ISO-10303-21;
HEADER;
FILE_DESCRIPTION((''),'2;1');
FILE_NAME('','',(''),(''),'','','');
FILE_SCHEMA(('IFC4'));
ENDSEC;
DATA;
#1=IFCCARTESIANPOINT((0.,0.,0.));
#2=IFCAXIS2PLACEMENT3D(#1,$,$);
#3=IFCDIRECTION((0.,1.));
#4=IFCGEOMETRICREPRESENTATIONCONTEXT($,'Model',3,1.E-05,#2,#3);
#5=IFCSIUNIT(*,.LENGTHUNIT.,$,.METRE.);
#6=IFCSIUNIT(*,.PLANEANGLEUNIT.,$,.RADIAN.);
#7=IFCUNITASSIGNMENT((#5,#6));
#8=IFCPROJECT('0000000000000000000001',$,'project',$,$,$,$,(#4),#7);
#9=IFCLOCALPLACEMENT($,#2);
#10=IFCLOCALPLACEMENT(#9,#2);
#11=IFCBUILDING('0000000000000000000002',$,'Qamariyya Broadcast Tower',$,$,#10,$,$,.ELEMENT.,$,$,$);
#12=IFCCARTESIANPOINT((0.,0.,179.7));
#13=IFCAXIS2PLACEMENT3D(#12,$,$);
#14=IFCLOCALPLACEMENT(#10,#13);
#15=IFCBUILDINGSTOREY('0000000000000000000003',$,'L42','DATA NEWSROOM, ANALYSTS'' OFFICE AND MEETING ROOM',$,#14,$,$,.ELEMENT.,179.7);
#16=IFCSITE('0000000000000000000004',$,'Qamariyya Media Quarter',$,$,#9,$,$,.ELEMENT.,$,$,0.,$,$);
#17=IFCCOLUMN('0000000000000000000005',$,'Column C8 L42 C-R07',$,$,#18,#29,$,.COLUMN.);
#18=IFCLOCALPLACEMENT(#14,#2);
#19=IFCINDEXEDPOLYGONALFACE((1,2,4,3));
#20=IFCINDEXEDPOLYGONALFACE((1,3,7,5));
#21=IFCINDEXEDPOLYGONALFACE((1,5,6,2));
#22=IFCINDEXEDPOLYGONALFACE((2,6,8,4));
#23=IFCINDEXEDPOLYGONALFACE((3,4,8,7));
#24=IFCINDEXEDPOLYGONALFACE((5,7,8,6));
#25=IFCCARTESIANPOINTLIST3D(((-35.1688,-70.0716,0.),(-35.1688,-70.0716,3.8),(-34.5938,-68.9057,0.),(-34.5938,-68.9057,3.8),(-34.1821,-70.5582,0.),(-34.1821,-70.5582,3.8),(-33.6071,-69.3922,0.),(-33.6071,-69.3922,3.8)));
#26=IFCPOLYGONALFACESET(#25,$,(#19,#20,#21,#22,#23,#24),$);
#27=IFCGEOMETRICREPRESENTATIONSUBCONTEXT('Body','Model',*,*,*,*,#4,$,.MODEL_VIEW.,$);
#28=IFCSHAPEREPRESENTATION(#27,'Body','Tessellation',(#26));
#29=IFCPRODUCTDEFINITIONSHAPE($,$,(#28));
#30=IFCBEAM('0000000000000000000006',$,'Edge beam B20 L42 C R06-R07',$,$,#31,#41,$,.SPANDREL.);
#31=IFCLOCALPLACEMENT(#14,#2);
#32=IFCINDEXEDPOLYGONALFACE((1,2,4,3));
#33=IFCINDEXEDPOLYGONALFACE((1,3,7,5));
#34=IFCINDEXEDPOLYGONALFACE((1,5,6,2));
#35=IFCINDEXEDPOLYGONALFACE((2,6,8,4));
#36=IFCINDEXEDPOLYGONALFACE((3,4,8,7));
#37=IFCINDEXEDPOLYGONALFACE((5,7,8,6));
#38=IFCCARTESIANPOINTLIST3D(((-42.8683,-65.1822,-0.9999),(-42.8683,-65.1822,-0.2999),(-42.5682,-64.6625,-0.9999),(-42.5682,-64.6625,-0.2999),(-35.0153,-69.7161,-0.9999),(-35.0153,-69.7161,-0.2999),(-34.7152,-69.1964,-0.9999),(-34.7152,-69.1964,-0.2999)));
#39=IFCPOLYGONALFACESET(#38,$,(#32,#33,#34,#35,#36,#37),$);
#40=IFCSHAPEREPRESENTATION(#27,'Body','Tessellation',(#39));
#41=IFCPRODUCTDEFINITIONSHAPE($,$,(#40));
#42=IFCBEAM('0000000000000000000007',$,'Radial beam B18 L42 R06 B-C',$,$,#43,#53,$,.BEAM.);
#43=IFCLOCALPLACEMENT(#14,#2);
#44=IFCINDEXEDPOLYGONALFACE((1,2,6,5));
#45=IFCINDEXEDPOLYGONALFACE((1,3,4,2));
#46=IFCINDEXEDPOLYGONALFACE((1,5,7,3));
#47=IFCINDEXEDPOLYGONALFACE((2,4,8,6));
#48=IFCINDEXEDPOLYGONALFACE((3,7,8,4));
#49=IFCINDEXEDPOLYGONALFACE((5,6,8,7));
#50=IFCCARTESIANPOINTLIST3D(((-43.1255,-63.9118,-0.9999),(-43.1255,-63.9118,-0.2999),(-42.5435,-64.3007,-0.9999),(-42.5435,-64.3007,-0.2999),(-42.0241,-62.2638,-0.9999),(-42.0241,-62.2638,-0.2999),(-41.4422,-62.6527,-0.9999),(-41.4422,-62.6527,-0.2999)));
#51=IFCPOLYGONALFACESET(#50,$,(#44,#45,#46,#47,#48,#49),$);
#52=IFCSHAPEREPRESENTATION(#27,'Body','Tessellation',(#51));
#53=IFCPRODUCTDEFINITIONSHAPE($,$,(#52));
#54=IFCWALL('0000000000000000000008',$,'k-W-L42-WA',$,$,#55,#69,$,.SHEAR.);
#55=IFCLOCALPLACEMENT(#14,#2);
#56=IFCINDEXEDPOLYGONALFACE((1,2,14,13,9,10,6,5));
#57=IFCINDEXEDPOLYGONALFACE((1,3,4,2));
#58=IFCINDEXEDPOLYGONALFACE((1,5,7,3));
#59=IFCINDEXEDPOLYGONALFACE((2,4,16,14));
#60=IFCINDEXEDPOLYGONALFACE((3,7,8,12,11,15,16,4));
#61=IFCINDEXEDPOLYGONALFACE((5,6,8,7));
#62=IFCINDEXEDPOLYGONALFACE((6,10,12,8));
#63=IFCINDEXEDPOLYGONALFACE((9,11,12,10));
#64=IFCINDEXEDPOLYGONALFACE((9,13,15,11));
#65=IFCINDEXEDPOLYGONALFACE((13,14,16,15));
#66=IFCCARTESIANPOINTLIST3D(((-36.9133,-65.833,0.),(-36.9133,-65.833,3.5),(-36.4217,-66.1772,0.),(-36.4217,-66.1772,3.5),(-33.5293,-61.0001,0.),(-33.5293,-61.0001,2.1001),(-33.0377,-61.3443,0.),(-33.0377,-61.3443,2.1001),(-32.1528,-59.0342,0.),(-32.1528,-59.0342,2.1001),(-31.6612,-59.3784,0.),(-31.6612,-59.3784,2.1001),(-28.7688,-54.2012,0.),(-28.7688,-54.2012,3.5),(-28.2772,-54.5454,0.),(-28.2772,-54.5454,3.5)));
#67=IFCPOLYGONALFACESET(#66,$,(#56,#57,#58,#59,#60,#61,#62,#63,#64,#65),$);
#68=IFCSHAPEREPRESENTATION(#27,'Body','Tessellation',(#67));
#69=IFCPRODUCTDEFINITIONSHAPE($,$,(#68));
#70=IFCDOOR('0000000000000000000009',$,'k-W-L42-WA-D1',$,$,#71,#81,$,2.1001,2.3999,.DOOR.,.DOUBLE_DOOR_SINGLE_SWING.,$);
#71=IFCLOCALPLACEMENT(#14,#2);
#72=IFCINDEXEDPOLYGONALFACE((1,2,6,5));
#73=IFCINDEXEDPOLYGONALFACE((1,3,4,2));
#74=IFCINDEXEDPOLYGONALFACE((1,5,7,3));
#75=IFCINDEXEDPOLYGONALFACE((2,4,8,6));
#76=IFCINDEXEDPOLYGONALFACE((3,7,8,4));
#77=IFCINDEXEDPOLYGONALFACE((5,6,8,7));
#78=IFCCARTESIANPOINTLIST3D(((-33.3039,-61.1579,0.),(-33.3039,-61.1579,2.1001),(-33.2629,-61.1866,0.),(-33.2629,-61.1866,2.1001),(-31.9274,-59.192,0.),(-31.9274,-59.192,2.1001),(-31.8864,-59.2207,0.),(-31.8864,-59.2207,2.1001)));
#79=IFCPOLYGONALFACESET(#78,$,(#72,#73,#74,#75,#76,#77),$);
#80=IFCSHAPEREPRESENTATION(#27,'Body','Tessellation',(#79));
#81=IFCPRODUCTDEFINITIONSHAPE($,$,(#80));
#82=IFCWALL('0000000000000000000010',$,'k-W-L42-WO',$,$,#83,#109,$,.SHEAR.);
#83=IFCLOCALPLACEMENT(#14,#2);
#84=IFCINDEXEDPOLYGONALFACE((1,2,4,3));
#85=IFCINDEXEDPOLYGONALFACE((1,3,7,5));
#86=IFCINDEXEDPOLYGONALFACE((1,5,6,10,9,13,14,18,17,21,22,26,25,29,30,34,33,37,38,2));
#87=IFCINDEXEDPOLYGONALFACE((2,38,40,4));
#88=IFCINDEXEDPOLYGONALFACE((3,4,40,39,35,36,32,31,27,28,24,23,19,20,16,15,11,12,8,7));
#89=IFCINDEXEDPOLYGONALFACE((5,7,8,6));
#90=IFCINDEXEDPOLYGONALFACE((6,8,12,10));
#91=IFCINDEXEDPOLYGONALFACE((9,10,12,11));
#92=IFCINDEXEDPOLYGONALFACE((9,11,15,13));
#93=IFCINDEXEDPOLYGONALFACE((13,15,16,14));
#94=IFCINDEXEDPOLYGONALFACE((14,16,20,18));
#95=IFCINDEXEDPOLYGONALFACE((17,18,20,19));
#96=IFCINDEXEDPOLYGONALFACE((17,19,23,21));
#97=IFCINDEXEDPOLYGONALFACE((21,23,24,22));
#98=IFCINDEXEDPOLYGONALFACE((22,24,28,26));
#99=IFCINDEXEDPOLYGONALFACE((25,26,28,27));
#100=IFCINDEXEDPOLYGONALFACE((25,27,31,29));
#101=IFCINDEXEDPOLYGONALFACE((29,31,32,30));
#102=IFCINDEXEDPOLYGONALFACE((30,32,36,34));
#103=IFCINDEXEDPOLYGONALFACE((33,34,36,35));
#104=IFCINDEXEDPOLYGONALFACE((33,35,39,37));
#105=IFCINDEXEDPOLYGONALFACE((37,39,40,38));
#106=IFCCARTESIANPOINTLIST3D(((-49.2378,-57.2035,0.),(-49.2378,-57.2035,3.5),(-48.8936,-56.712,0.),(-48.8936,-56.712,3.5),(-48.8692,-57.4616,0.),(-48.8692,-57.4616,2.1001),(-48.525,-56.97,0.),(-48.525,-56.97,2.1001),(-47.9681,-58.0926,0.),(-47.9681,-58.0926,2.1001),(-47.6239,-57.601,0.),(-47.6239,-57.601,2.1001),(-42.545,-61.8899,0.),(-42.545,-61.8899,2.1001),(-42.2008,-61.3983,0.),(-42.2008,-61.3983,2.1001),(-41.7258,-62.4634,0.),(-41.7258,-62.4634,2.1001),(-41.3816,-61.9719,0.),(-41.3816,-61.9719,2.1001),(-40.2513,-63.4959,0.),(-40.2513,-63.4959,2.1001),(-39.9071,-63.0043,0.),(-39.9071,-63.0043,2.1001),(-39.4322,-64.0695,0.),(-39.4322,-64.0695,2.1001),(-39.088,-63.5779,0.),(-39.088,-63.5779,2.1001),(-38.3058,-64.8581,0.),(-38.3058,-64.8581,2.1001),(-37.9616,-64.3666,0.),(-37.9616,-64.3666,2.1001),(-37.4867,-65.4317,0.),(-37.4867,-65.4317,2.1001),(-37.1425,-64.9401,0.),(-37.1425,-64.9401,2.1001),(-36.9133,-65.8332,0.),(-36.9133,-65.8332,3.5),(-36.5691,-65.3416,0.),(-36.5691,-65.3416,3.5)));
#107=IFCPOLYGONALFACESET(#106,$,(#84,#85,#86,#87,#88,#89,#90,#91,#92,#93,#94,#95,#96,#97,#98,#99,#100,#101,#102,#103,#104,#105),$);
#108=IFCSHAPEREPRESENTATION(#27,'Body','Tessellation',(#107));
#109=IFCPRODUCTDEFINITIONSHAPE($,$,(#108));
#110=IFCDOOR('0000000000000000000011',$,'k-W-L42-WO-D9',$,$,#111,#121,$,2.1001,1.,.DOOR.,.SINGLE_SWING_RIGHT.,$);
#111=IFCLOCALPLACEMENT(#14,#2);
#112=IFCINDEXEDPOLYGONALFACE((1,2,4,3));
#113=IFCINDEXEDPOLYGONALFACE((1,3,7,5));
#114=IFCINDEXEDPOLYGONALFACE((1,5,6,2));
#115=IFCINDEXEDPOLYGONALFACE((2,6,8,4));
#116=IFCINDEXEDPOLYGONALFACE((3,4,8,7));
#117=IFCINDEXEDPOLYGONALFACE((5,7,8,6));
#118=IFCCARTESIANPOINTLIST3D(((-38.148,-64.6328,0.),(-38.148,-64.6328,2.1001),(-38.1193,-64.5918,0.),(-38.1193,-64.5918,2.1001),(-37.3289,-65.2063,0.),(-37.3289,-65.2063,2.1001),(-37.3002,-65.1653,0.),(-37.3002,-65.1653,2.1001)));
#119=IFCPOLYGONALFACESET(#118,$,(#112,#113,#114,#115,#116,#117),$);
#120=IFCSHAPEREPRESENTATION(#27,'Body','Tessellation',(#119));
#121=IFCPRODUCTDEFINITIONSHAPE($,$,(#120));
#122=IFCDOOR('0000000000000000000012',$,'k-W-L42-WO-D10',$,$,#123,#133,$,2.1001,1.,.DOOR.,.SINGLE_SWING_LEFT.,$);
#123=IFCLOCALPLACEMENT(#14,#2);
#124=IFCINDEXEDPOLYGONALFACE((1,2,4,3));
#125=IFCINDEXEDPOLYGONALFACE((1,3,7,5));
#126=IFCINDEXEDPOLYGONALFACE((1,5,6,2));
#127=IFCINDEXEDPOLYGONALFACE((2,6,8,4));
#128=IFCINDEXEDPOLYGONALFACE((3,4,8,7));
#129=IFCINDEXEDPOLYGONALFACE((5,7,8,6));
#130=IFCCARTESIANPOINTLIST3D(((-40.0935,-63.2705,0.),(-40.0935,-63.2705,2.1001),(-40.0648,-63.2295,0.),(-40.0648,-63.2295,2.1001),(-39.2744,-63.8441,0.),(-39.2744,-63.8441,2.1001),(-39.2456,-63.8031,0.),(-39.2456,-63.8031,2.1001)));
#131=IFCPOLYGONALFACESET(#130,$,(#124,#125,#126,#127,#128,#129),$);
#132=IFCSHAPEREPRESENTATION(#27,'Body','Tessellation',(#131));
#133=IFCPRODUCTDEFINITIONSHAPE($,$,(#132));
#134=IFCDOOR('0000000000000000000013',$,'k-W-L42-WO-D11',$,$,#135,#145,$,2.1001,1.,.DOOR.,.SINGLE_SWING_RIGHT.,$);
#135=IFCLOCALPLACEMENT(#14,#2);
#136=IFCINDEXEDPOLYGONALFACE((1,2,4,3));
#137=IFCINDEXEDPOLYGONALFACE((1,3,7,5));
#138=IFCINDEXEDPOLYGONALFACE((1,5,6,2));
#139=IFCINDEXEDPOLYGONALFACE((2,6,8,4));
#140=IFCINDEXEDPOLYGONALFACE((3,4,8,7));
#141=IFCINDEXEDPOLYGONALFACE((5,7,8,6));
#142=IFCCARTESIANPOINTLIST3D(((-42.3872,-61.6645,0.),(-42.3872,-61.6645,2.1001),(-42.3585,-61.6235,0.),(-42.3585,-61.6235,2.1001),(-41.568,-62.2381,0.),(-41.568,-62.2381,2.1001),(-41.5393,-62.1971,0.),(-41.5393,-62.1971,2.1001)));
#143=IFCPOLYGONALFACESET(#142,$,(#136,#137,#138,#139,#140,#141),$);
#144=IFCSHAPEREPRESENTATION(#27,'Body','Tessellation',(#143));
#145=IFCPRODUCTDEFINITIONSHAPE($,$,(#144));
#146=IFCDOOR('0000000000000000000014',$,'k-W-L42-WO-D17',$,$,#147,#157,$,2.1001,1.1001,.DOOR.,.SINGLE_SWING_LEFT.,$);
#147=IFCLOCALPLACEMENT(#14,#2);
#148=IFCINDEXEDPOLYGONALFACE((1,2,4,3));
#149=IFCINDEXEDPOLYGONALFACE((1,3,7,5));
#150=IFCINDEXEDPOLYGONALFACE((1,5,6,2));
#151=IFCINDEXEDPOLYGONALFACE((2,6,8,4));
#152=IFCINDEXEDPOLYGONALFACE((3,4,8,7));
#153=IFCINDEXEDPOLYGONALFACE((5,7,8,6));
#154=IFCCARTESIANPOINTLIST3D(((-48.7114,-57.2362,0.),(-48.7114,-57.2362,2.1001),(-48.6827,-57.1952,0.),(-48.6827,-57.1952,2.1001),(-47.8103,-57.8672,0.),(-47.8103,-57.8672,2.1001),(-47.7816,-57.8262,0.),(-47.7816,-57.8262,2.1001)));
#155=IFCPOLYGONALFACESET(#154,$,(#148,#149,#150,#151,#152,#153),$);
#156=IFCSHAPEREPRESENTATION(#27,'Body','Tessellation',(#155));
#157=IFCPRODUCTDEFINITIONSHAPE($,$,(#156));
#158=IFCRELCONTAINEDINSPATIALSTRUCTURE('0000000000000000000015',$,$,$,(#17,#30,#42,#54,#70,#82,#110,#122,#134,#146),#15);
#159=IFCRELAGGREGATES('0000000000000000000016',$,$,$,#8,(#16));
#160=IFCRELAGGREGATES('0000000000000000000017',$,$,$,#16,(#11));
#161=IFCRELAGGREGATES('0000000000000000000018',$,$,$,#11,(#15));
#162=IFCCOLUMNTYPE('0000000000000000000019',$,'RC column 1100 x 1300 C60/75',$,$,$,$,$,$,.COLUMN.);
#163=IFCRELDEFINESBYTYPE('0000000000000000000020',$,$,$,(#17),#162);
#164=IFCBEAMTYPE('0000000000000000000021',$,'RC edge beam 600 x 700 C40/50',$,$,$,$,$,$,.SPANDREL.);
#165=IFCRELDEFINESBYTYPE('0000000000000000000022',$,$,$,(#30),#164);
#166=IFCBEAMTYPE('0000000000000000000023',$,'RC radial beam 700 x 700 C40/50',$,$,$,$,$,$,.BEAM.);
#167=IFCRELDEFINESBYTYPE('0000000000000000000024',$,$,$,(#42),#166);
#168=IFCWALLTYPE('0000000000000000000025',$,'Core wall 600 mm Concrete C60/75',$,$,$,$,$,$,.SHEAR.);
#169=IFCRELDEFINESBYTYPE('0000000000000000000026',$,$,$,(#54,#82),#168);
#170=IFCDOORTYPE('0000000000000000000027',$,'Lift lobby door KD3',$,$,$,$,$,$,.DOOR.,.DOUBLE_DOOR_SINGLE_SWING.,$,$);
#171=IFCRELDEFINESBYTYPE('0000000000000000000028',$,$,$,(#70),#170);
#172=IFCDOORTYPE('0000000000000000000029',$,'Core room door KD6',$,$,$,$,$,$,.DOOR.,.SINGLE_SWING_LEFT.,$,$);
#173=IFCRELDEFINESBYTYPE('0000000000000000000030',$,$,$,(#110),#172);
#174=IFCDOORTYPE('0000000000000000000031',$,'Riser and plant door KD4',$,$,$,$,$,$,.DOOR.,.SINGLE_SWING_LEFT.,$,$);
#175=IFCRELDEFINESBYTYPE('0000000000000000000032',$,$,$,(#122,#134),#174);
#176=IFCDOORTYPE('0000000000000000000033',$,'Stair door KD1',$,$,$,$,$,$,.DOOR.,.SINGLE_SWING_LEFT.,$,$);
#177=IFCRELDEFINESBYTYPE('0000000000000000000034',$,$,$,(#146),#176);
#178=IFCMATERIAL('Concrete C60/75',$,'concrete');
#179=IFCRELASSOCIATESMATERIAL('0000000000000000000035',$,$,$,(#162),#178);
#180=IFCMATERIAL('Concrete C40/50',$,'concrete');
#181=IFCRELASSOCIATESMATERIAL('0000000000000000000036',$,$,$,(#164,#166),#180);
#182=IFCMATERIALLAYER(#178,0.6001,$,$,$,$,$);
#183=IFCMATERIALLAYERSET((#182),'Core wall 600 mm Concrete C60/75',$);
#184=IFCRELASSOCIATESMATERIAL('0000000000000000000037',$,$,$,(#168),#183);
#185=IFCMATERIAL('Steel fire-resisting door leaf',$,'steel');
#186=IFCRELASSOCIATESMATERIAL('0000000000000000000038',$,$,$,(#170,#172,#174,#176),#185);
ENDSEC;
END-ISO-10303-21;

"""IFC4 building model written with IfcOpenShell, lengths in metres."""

from ifc_helpers import new_model, si_unit, direction, frame, frame_2d, origin, origin_2d, place, context, subcontext, project, spatial, rectangle, extrude, material, layer, layer_set, material_profile, profile_set, type_object, element, fill, save


model = new_model("IFC4")

# Units and contexts
model_context = context("Model", 3, precision=1e-05, world=origin(), true_north=direction((0.0, 1.0)))
body_context = subcontext(model_context, "Body", "Model", "MODEL_VIEW")
ifc_project = project(units=[si_unit("LENGTHUNIT", "METRE"), si_unit("PLANEANGLEUNIT", "RADIAN")], contexts=[model_context])

# Site, building, storey
site_placement = place(None, origin())
site = spatial("IfcSite", under=ifc_project, at=site_placement, Name="Qamariyya Media Quarter", CompositionType="ELEMENT", RefElevation=0.0)
building_placement = place(site_placement, origin())
building = spatial("IfcBuilding", under=site, at=building_placement, Name="Qamariyya Broadcast Tower", CompositionType="ELEMENT")
storey_placement = place(building_placement, frame((0.0, 0.0, 179.7)))
storey = spatial("IfcBuildingStorey", under=building, at=storey_placement, Name="L42", Description="DATA NEWSROOM, ANALYSTS' OFFICE AND MEETING ROOM", CompositionType="ELEMENT", Elevation=179.7)

# Column
ifc_material_1 = material(Name="Concrete C60/75", Category="concrete")
ifc_material_profile_1 = material_profile(ifc_material_1, rectangle(XDim=1.1001, YDim=1.3, at=origin_2d()))
ifc_profile_set_1 = profile_set([ifc_material_profile_1], Name="Concrete C60/75")
column_type = type_object("IfcColumnType", Name="RC column 1100 x 1300 C60/75", PredefinedType="COLUMN", material=ifc_profile_set_1)
column_placement = place(storey_placement, frame((-34.3879, -69.7319, 0.0), z_axis=(0.0, 0.0, 1.0), x_axis=(0.896873, -0.442289, 0.0)))
element("IfcColumn", 1, at=column_placement, inside=storey, type_object=column_type, Name="Column C8 L42 C-R07", PredefinedType="COLUMN", context=body_context, shape_type="SweptSolid", body=[
    extrude(rectangle(XDim=1.1001, YDim=1.3, at=origin_2d()), origin(), (0.0, 0.0, 1.0), 3.8),
])

# Beams
ifc_material_2 = material(Name="Concrete C40/50", Category="concrete")
ifc_material_profile_2 = material_profile(ifc_material_2, rectangle(XDim=0.6001, YDim=0.7, at=origin_2d()))
ifc_profile_set_2 = profile_set([ifc_material_profile_2], Name="Concrete C40/50")
beam_type_1 = type_object("IfcBeamType", Name="RC edge beam 600 x 700 C40/50", PredefinedType="SPANDREL", material=ifc_profile_set_2)
beam_1_placement = place(storey_placement, frame((-42.7183, -64.9224, -0.6499), z_axis=(0.866026, -0.499999, 0.0), x_axis=(0.499999, 0.866026, 0.0)))
element("IfcBeam", 2, at=beam_1_placement, inside=storey, type_object=beam_type_1, Name="Edge beam B20 L42 C R06-R07", PredefinedType="SPANDREL", context=body_context, shape_type="SweptSolid", body=[
    extrude(rectangle(XDim=0.6001, YDim=0.7, at=origin_2d()), origin(), (0.0, 0.0, 1.0), 9.0679),
])
ifc_material_profile_3 = material_profile(ifc_material_2, rectangle(XDim=0.7, YDim=0.7, at=origin_2d()))
ifc_profile_set_3 = profile_set([ifc_material_profile_3], Name="Concrete C40/50")
beam_type_2 = type_object("IfcBeamType", Name="RC radial beam 700 x 700 C40/50", PredefinedType="BEAM", material=ifc_profile_set_3)
beam_2_placement = place(storey_placement, frame((-41.7332, -62.4583, -0.6499), z_axis=(-0.555638, -0.831424, 0.0), x_axis=(0.831424, -0.555638, 0.0)))
element("IfcBeam", 3, at=beam_2_placement, inside=storey, type_object=beam_type_2, Name="Radial beam B18 L42 R06 B-C", PredefinedType="BEAM", context=body_context, shape_type="SweptSolid", body=[
    extrude(rectangle(XDim=0.7, YDim=0.7, at=origin_2d()), origin(), (0.0, 0.0, 1.0), 1.9822),
])

# Wall, opening, door
ifc_layer_1 = layer(ifc_material_1, 0.6001)
ifc_layer_set_1 = layer_set([ifc_layer_1], Name="Core wall 600 mm Concrete C60/75")
wall_type_1 = type_object("IfcWallType", Name="Core wall 600 mm Concrete C60/75", PredefinedType="SHEAR", material=ifc_layer_set_1)
wall_1_placement = place(storey_placement, frame((-36.6675, -66.0051, 0.0), z_axis=(0.0, 0.0, 1.0), x_axis=(0.573568, 0.819158, 0.0)))
wall_1 = element("IfcWall", 4, at=wall_1_placement, inside=storey, type_object=wall_type_1, Name="k-W-L42-WA", PredefinedType="SHEAR", context=body_context, shape_type="SweptSolid", body=[
    extrude(rectangle(XDim=14.1997, YDim=0.6001, at=frame_2d((7.0999, 0.0))), origin(), (0.0, 0.0, 1.0), 3.5),
])
opening_1_placement = place(wall_1_placement, frame((5.8999, 0.0, 0.0)))
opening_1 = element("IfcOpeningElement", 5, at=opening_1_placement, cuts=wall_1, PredefinedType="OPENING", context=body_context, shape_type="SweptSolid", body=[
    extrude(rectangle(XDim=2.3999, YDim=2.1001, at=frame_2d((1.2, 1.05))), frame((0.0, 0.3101, 0.0), z_axis=(0.0, -1.0, 0.0), x_axis=(1.0, 0.0, 0.0)), (0.0, 0.0, 1.0), 0.6201),
])
ifc_material_3 = material(Name="Steel fire-resisting door leaf", Category="steel")
door_type_1 = type_object("IfcDoorType", Name="Lift lobby door KD3", OperationType="DOUBLE_DOOR_SINGLE_SWING", PredefinedType="DOOR", material=ifc_material_3)
door_1_placement = place(opening_1_placement, origin())
door_1 = element("IfcDoor", 6, at=door_1_placement, inside=storey, type_object=door_type_1, Name="k-W-L42-WA-D1", OperationType="DOUBLE_DOOR_SINGLE_SWING", OverallHeight=2.1001, OverallWidth=2.3999, PredefinedType="DOOR", context=body_context, shape_type="SweptSolid", body=[
    extrude(rectangle(XDim=2.3999, YDim=2.1001, at=frame_2d((1.2, 1.05))), frame((0.0, 0.0249, 0.0), z_axis=(0.0, -1.0, 0.0), x_axis=(1.0, 0.0, 0.0)), (0.0, 0.0, 1.0), 0.05),
])
fill(opening_1, door_1)

# Wall, openings, doors
wall_2_placement = place(storey_placement, frame((-36.7412, -65.5874, 0.0), z_axis=(0.0, 0.0, 1.0), x_axis=(-0.819153, 0.573575, 0.0)))
wall_2 = element("IfcWall", 7, at=wall_2_placement, inside=storey, type_object=wall_type_1, Name="k-W-L42-WO", PredefinedType="SHEAR", context=body_context, shape_type="SweptSolid", body=[
    extrude(rectangle(XDim=15.0454, YDim=0.6001, at=frame_2d((7.5227, 0.0))), origin(), (0.0, 0.0, 1.0), 3.5),
])
opening_2_placement = place(wall_2_placement, frame((0.7, 0.0, 0.0)))
opening_2 = element("IfcOpeningElement", 8, at=opening_2_placement, cuts=wall_2, PredefinedType="OPENING", context=body_context, shape_type="SweptSolid", body=[
    extrude(rectangle(XDim=1.0, YDim=2.1001, at=frame_2d((0.5, 1.05))), frame((0.0, 0.3101, 0.0), z_axis=(0.0, -1.0, 0.0), x_axis=(1.0, 0.0, 0.0)), (0.0, 0.0, 1.0), 0.6201),
])
opening_3_placement = place(wall_2_placement, frame((3.075, 0.0, 0.0)))
opening_3 = element("IfcOpeningElement", 9, at=opening_3_placement, cuts=wall_2, PredefinedType="OPENING", context=body_context, shape_type="SweptSolid", body=[
    extrude(rectangle(XDim=1.0, YDim=2.1001, at=frame_2d((0.5, 1.05))), frame((0.0, 0.3101, 0.0), z_axis=(0.0, -1.0, 0.0), x_axis=(1.0, 0.0, 0.0)), (0.0, 0.0, 1.0), 0.6201),
])
opening_4_placement = place(wall_2_placement, frame((5.875, 0.0, 0.0)))
opening_4 = element("IfcOpeningElement", 10, at=opening_4_placement, cuts=wall_2, PredefinedType="OPENING", context=body_context, shape_type="SweptSolid", body=[
    extrude(rectangle(XDim=1.0, YDim=2.1001, at=frame_2d((0.5, 1.05))), frame((0.0, 0.3101, 0.0), z_axis=(0.0, -1.0, 0.0), x_axis=(1.0, 0.0, 0.0)), (0.0, 0.0, 1.0), 0.6201),
])
opening_5_placement = place(wall_2_placement, frame((13.4954, 0.0, 0.0)))
opening_5 = element("IfcOpeningElement", 11, at=opening_5_placement, cuts=wall_2, PredefinedType="OPENING", context=body_context, shape_type="SweptSolid", body=[
    extrude(rectangle(XDim=1.1001, YDim=2.1001, at=frame_2d((0.55, 1.05))), frame((0.0, 0.3101, 0.0), z_axis=(0.0, -1.0, 0.0), x_axis=(1.0, 0.0, 0.0)), (0.0, 0.0, 1.0), 0.6201),
])
door_type_2 = type_object("IfcDoorType", Name="Core room door KD6", OperationType="SINGLE_SWING_LEFT", PredefinedType="DOOR", material=ifc_material_3)
door_2_placement = place(opening_2_placement, origin())
door_2 = element("IfcDoor", 12, at=door_2_placement, inside=storey, type_object=door_type_2, Name="k-W-L42-WO-D9", OperationType="SINGLE_SWING_RIGHT", OverallHeight=2.1001, OverallWidth=1.0, PredefinedType="DOOR", context=body_context, shape_type="SweptSolid", body=[
    extrude(rectangle(XDim=1.0, YDim=2.1001, at=frame_2d((0.5, 1.05))), frame((0.0, 0.0249, 0.0), z_axis=(0.0, -1.0, 0.0), x_axis=(1.0, 0.0, 0.0)), (0.0, 0.0, 1.0), 0.05),
])
fill(opening_2, door_2)
door_type_3 = type_object("IfcDoorType", Name="Riser and plant door KD4", OperationType="SINGLE_SWING_LEFT", PredefinedType="DOOR", material=ifc_material_3)
door_3_placement = place(opening_3_placement, origin())
door_3 = element("IfcDoor", 13, at=door_3_placement, inside=storey, type_object=door_type_3, Name="k-W-L42-WO-D10", OperationType="SINGLE_SWING_LEFT", OverallHeight=2.1001, OverallWidth=1.0, PredefinedType="DOOR", context=body_context, shape_type="SweptSolid", body=[
    extrude(rectangle(XDim=1.0, YDim=2.1001, at=frame_2d((0.5, 1.05))), frame((0.0, 0.0249, 0.0), z_axis=(0.0, -1.0, 0.0), x_axis=(1.0, 0.0, 0.0)), (0.0, 0.0, 1.0), 0.05),
])
fill(opening_3, door_3)
door_4_placement = place(opening_4_placement, origin())
door_4 = element("IfcDoor", 14, at=door_4_placement, inside=storey, type_object=door_type_3, Name="k-W-L42-WO-D11", OperationType="SINGLE_SWING_RIGHT", OverallHeight=2.1001, OverallWidth=1.0, PredefinedType="DOOR", context=body_context, shape_type="SweptSolid", body=[
    extrude(rectangle(XDim=1.0, YDim=2.1001, at=frame_2d((0.5, 1.05))), frame((0.0, 0.0249, 0.0), z_axis=(0.0, -1.0, 0.0), x_axis=(1.0, 0.0, 0.0)), (0.0, 0.0, 1.0), 0.05),
])
fill(opening_4, door_4)
door_type_4 = type_object("IfcDoorType", Name="Stair door KD1", OperationType="SINGLE_SWING_LEFT", PredefinedType="DOOR", material=ifc_material_3)
door_5_placement = place(opening_5_placement, origin())
door_5 = element("IfcDoor", 15, at=door_5_placement, inside=storey, type_object=door_type_4, Name="k-W-L42-WO-D17", OperationType="SINGLE_SWING_LEFT", OverallHeight=2.1001, OverallWidth=1.1001, PredefinedType="DOOR", context=body_context, shape_type="SweptSolid", body=[
    extrude(rectangle(XDim=1.1001, YDim=2.1001, at=frame_2d((0.55, 1.05))), frame((0.0, 0.0249, 0.0), z_axis=(0.0, -1.0, 0.0), x_axis=(1.0, 0.0, 0.0)), (0.0, 0.0, 1.0), 0.05),
])
fill(opening_5, door_5)

save(model, "model.ifc")
